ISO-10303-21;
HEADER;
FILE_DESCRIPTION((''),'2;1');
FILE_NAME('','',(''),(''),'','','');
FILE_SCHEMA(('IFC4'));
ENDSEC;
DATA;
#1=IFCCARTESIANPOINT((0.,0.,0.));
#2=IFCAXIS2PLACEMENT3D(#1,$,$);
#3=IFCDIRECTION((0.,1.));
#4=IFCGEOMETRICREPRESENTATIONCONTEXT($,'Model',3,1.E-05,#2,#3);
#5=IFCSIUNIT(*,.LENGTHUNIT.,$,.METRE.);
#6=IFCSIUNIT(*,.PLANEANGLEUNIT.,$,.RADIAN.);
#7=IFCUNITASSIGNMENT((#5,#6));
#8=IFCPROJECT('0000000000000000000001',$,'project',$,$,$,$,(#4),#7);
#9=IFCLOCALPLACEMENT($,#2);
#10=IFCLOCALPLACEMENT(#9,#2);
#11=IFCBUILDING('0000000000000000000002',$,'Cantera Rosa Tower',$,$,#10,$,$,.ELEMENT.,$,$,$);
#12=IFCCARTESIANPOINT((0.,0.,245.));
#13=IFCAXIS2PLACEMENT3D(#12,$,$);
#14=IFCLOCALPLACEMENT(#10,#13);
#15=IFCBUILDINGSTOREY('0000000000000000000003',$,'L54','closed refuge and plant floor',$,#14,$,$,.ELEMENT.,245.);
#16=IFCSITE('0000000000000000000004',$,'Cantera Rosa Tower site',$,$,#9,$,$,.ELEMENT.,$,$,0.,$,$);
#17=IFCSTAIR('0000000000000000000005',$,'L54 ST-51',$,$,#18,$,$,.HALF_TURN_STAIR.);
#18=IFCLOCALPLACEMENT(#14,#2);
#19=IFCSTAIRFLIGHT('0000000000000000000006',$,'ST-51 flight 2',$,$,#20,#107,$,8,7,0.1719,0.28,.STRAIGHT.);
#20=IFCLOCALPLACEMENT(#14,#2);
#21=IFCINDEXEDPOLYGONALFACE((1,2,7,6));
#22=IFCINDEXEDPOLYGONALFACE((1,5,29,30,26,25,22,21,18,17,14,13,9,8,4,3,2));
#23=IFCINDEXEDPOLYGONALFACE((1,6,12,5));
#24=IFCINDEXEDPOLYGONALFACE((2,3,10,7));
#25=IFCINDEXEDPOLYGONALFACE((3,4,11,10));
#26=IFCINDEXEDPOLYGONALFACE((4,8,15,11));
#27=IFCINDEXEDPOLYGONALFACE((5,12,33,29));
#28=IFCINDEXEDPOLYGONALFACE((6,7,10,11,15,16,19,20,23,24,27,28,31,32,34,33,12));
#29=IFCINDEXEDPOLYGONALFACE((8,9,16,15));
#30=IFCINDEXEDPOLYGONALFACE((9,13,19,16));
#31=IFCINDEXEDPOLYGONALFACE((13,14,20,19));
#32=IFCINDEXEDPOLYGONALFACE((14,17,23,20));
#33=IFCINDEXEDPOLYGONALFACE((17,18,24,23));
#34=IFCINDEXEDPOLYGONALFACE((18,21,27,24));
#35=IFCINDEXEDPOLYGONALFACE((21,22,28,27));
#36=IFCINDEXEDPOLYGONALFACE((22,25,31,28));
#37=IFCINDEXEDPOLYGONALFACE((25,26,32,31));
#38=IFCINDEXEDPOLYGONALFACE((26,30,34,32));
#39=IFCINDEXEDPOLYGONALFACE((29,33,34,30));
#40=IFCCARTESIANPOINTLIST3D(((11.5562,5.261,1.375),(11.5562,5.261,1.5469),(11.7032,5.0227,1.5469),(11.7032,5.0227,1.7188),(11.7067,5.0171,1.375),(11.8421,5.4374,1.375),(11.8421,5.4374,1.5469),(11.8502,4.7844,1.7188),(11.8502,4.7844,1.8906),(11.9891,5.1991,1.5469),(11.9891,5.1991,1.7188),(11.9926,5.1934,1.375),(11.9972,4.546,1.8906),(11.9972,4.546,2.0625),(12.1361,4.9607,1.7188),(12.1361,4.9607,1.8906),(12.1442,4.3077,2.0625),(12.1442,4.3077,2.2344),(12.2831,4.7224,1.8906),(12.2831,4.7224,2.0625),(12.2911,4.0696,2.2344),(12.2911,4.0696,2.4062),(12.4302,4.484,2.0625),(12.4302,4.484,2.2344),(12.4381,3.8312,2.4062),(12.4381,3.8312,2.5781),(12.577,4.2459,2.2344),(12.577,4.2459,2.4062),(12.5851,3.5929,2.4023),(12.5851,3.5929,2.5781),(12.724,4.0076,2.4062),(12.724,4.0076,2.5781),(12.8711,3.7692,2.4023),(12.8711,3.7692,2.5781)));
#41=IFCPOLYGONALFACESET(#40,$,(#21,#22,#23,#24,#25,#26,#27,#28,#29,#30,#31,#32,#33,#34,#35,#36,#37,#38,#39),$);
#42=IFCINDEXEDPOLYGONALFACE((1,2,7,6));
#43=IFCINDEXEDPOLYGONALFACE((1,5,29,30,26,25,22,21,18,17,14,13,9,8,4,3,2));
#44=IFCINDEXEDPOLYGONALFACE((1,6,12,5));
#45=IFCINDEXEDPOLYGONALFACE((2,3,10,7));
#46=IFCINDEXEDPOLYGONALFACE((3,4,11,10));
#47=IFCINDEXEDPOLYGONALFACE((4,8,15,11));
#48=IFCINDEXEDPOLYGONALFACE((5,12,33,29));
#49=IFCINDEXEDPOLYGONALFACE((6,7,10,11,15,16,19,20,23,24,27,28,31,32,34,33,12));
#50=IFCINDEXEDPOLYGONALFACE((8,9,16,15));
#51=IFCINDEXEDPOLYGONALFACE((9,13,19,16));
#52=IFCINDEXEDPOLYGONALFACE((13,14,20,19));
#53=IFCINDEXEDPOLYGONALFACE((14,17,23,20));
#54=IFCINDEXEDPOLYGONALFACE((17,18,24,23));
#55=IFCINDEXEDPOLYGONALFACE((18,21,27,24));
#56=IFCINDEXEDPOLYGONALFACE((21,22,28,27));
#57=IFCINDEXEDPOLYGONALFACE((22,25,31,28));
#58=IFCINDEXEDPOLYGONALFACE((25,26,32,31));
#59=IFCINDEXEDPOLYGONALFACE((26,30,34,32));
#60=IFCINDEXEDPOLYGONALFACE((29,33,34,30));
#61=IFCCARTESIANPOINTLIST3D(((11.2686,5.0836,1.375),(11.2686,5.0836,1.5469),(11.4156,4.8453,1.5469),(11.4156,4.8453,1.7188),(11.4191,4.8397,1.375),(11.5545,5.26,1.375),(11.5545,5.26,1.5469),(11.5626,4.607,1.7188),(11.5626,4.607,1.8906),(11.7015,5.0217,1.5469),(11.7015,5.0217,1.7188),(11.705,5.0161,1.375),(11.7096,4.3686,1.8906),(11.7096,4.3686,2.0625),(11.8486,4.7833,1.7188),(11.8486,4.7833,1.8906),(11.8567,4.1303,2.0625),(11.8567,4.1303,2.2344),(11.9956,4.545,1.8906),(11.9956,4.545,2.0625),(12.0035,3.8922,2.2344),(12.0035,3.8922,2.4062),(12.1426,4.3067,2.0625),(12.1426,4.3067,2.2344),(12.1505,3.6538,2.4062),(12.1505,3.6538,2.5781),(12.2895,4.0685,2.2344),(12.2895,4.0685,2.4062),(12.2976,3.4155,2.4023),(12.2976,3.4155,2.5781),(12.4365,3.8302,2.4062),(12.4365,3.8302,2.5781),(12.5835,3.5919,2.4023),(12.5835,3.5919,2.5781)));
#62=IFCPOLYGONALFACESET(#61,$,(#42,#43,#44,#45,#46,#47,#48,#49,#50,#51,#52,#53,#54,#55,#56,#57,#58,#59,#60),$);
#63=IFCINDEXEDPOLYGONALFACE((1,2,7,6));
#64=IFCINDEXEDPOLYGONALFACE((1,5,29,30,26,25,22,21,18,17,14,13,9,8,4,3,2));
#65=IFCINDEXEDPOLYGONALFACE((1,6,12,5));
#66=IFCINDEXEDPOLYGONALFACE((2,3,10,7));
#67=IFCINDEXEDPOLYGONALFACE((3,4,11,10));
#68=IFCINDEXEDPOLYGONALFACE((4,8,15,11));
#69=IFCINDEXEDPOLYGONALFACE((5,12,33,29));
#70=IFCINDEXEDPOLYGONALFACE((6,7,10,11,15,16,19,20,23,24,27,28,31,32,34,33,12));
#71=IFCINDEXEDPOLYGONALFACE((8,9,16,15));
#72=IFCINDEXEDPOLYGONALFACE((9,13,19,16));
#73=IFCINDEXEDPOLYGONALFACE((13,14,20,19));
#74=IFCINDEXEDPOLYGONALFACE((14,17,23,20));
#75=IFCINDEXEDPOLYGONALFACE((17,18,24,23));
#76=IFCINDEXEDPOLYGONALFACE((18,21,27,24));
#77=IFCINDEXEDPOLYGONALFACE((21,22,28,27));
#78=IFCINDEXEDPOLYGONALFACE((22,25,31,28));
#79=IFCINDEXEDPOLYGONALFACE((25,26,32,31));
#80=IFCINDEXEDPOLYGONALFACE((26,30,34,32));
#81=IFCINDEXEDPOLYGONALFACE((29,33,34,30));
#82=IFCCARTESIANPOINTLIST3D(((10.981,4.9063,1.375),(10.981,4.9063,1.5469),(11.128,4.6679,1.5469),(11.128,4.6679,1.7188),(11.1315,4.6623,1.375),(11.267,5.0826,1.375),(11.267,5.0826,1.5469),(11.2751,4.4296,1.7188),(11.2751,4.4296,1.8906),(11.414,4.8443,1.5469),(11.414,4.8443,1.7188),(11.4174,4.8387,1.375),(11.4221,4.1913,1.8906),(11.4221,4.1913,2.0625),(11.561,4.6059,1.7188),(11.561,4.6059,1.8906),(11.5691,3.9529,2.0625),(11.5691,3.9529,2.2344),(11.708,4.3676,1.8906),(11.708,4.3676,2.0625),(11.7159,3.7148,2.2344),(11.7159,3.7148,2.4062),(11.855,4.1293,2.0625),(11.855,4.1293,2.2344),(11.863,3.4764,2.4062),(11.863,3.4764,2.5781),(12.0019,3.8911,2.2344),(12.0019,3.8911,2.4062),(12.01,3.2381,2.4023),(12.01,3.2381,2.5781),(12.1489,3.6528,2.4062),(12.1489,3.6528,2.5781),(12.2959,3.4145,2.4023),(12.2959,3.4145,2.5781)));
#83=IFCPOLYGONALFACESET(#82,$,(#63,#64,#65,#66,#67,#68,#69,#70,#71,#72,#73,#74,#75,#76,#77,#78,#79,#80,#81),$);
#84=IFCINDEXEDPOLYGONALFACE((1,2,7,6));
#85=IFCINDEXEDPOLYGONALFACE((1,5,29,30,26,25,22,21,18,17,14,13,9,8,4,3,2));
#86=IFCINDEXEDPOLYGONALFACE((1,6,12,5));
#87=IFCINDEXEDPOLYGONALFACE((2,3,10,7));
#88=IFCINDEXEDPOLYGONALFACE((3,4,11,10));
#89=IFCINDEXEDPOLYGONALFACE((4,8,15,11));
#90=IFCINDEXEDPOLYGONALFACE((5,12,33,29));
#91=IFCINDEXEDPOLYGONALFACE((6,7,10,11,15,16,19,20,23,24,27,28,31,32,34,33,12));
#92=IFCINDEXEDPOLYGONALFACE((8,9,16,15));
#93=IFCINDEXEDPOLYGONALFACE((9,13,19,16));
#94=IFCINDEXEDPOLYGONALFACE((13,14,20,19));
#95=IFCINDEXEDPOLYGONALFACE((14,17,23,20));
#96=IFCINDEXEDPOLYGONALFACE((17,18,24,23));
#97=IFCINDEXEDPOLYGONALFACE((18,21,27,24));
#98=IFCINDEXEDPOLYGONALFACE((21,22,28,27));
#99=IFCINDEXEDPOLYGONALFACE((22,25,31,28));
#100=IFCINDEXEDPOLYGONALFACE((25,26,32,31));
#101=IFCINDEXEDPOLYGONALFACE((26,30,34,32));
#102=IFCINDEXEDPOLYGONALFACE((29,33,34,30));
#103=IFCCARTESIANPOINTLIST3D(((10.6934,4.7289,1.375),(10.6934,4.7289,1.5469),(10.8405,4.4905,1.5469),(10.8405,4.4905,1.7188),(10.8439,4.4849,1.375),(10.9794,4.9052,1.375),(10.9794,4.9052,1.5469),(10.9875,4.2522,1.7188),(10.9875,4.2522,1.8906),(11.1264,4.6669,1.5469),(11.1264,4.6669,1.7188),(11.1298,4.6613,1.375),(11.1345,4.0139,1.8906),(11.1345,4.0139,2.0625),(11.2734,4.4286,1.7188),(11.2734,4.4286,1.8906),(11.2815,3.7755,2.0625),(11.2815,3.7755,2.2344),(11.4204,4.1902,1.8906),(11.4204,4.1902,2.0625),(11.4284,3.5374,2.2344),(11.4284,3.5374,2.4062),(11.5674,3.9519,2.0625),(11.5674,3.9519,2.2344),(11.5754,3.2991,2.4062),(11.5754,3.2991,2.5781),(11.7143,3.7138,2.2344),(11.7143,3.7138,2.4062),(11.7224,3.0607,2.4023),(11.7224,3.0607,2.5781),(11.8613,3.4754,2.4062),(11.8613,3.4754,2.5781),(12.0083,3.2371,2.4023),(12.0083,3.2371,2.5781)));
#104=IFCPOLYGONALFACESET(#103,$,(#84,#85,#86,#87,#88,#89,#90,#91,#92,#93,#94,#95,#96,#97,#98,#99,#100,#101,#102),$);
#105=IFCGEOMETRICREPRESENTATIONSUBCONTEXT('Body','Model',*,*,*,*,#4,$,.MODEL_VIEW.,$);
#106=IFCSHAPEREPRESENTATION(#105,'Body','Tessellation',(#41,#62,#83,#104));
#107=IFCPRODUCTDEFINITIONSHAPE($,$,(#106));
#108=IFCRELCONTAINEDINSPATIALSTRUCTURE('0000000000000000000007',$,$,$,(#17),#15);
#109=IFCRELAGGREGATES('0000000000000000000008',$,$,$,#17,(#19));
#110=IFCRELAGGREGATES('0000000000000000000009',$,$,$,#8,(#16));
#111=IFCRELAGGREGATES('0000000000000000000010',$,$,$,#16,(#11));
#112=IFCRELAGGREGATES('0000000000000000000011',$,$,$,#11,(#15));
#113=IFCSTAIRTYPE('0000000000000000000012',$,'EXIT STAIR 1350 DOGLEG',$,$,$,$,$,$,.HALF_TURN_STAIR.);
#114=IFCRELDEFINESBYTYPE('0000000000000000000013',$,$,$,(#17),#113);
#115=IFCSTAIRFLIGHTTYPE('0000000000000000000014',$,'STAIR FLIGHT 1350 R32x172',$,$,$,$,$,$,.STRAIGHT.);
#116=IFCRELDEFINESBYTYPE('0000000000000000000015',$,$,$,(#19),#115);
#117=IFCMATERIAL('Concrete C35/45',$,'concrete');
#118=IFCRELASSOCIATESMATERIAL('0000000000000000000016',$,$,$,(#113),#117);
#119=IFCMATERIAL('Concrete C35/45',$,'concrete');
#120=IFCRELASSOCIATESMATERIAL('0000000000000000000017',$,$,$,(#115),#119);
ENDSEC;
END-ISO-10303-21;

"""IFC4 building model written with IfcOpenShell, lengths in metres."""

from ifc_helpers import new_model, si_unit, direction, frame, origin, place, context, subcontext, project, spatial, polyline, outline, extrude, material, type_object, element, aggregate, save


model = new_model("IFC4")

# Units and contexts
model_context = context("Model", 3, precision=1e-05, world=origin(), true_north=direction((0.0, 1.0)))
body_context = subcontext(model_context, "Body", "Model", "MODEL_VIEW")
ifc_project = project(units=[si_unit("LENGTHUNIT", "METRE"), si_unit("PLANEANGLEUNIT", "RADIAN")], contexts=[model_context])

# Site, building, storey
site_placement = place(None, origin())
site = spatial("IfcSite", under=ifc_project, at=site_placement, Name="Cantera Rosa Tower site", CompositionType="ELEMENT", RefElevation=0.0)
building_placement = place(site_placement, origin())
building = spatial("IfcBuilding", under=site, at=building_placement, Name="Cantera Rosa Tower", CompositionType="ELEMENT")
storey_placement = place(building_placement, frame((0.0, 0.0, 245.0)))
storey = spatial("IfcBuildingStorey", under=building, at=storey_placement, Name="L54", Description="closed refuge and plant floor", CompositionType="ELEMENT", Elevation=245.0)

# Stair, stair flight
ifc_material_1 = material(Name="Concrete C35/45", Category="concrete")
stair_type = type_object("IfcStairType", Name="EXIT STAIR 1350 DOGLEG", PredefinedType="HALF_TURN_STAIR", material=ifc_material_1)
stair_placement = place(storey_placement, origin())
stair = element("IfcStair", 1, at=stair_placement, inside=storey, type_object=stair_type, Name="L54 ST-51", PredefinedType="HALF_TURN_STAIR")
ifc_material_2 = material(Name="Concrete C35/45", Category="concrete")
stair_flight_type = type_object("IfcStairFlightType", Name="STAIR FLIGHT 1350 R32x172", PredefinedType="STRAIGHT", material=ifc_material_2)
stair_flight_1_placement = place(storey_placement, frame((11.2676, 5.083, 1.375), z_axis=(0.0, 0.0, 1.0), x_axis=(0.524977, -0.851117, 0.0)))
stair_flight_1 = element("IfcStairFlight", 2, at=stair_flight_1_placement, type_object=stair_flight_type, Name="ST-51 flight 2", NumberOfRisers=8, NumberOfTreads=7, PredefinedType="STRAIGHT", RiserHeight=0.1719, TreadLength=0.28, context=body_context, shape_type="SweptSolid", body=[
    extrude(outline(polyline([(0.0, 0.0), (0.0, 0.1719), (0.28, 0.1719), (0.28, 0.3438), (0.5601, 0.3438), (0.5601, 0.5156), (0.8401, 0.5156), (0.8401, 0.6875), (1.1201, 0.6875), (1.1201, 0.8594), (1.3999, 0.8594), (1.3999, 1.0312), (1.6799, 1.0312), (1.6799, 1.2031), (1.96, 1.2031), (1.96, 1.375), (1.96, 1.0273), (0.2866, 0.0), (0.0, 0.0)])), frame((0.0, 0.675, 0.0), z_axis=(0.0, -1.0, 0.0), x_axis=(1.0, 0.0, 0.0)), (0.0, 0.0, 1.0), 0.3359),
    extrude(outline(polyline([(0.0, 0.0), (0.0, 0.1719), (0.28, 0.1719), (0.28, 0.3438), (0.5601, 0.3438), (0.5601, 0.5156), (0.8401, 0.5156), (0.8401, 0.6875), (1.1201, 0.6875), (1.1201, 0.8594), (1.3999, 0.8594), (1.3999, 1.0312), (1.6799, 1.0312), (1.6799, 1.2031), (1.96, 1.2031), (1.96, 1.375), (1.96, 1.0273), (0.2866, 0.0), (0.0, 0.0)])), frame((0.0, 0.3372, 0.0), z_axis=(0.0, -1.0, 0.0), x_axis=(1.0, 0.0, 0.0)), (0.0, 0.0, 1.0), 0.3359),
    extrude(outline(polyline([(0.0, 0.0), (0.0, 0.1719), (0.28, 0.1719), (0.28, 0.3438), (0.5601, 0.3438), (0.5601, 0.5156), (0.8401, 0.5156), (0.8401, 0.6875), (1.1201, 0.6875), (1.1201, 0.8594), (1.3999, 0.8594), (1.3999, 1.0312), (1.6799, 1.0312), (1.6799, 1.2031), (1.96, 1.2031), (1.96, 1.375), (1.96, 1.0273), (0.2866, 0.0), (0.0, 0.0)])), frame((0.0, -0.0007, 0.0), z_axis=(0.0, -1.0, 0.0), x_axis=(1.0, 0.0, 0.0)), (0.0, 0.0, 1.0), 0.3359),
    extrude(outline(polyline([(0.0, 0.0), (0.0, 0.1719), (0.28, 0.1719), (0.28, 0.3438), (0.5601, 0.3438), (0.5601, 0.5156), (0.8401, 0.5156), (0.8401, 0.6875), (1.1201, 0.6875), (1.1201, 0.8594), (1.3999, 0.8594), (1.3999, 1.0312), (1.6799, 1.0312), (1.6799, 1.2031), (1.96, 1.2031), (1.96, 1.375), (1.96, 1.0273), (0.2866, 0.0), (0.0, 0.0)])), frame((0.0, -0.3386, 0.0), z_axis=(0.0, -1.0, 0.0), x_axis=(1.0, 0.0, 0.0)), (0.0, 0.0, 1.0), 0.3359),
])
aggregate(stair, [stair_flight_1])

save(model, "model.ifc")
